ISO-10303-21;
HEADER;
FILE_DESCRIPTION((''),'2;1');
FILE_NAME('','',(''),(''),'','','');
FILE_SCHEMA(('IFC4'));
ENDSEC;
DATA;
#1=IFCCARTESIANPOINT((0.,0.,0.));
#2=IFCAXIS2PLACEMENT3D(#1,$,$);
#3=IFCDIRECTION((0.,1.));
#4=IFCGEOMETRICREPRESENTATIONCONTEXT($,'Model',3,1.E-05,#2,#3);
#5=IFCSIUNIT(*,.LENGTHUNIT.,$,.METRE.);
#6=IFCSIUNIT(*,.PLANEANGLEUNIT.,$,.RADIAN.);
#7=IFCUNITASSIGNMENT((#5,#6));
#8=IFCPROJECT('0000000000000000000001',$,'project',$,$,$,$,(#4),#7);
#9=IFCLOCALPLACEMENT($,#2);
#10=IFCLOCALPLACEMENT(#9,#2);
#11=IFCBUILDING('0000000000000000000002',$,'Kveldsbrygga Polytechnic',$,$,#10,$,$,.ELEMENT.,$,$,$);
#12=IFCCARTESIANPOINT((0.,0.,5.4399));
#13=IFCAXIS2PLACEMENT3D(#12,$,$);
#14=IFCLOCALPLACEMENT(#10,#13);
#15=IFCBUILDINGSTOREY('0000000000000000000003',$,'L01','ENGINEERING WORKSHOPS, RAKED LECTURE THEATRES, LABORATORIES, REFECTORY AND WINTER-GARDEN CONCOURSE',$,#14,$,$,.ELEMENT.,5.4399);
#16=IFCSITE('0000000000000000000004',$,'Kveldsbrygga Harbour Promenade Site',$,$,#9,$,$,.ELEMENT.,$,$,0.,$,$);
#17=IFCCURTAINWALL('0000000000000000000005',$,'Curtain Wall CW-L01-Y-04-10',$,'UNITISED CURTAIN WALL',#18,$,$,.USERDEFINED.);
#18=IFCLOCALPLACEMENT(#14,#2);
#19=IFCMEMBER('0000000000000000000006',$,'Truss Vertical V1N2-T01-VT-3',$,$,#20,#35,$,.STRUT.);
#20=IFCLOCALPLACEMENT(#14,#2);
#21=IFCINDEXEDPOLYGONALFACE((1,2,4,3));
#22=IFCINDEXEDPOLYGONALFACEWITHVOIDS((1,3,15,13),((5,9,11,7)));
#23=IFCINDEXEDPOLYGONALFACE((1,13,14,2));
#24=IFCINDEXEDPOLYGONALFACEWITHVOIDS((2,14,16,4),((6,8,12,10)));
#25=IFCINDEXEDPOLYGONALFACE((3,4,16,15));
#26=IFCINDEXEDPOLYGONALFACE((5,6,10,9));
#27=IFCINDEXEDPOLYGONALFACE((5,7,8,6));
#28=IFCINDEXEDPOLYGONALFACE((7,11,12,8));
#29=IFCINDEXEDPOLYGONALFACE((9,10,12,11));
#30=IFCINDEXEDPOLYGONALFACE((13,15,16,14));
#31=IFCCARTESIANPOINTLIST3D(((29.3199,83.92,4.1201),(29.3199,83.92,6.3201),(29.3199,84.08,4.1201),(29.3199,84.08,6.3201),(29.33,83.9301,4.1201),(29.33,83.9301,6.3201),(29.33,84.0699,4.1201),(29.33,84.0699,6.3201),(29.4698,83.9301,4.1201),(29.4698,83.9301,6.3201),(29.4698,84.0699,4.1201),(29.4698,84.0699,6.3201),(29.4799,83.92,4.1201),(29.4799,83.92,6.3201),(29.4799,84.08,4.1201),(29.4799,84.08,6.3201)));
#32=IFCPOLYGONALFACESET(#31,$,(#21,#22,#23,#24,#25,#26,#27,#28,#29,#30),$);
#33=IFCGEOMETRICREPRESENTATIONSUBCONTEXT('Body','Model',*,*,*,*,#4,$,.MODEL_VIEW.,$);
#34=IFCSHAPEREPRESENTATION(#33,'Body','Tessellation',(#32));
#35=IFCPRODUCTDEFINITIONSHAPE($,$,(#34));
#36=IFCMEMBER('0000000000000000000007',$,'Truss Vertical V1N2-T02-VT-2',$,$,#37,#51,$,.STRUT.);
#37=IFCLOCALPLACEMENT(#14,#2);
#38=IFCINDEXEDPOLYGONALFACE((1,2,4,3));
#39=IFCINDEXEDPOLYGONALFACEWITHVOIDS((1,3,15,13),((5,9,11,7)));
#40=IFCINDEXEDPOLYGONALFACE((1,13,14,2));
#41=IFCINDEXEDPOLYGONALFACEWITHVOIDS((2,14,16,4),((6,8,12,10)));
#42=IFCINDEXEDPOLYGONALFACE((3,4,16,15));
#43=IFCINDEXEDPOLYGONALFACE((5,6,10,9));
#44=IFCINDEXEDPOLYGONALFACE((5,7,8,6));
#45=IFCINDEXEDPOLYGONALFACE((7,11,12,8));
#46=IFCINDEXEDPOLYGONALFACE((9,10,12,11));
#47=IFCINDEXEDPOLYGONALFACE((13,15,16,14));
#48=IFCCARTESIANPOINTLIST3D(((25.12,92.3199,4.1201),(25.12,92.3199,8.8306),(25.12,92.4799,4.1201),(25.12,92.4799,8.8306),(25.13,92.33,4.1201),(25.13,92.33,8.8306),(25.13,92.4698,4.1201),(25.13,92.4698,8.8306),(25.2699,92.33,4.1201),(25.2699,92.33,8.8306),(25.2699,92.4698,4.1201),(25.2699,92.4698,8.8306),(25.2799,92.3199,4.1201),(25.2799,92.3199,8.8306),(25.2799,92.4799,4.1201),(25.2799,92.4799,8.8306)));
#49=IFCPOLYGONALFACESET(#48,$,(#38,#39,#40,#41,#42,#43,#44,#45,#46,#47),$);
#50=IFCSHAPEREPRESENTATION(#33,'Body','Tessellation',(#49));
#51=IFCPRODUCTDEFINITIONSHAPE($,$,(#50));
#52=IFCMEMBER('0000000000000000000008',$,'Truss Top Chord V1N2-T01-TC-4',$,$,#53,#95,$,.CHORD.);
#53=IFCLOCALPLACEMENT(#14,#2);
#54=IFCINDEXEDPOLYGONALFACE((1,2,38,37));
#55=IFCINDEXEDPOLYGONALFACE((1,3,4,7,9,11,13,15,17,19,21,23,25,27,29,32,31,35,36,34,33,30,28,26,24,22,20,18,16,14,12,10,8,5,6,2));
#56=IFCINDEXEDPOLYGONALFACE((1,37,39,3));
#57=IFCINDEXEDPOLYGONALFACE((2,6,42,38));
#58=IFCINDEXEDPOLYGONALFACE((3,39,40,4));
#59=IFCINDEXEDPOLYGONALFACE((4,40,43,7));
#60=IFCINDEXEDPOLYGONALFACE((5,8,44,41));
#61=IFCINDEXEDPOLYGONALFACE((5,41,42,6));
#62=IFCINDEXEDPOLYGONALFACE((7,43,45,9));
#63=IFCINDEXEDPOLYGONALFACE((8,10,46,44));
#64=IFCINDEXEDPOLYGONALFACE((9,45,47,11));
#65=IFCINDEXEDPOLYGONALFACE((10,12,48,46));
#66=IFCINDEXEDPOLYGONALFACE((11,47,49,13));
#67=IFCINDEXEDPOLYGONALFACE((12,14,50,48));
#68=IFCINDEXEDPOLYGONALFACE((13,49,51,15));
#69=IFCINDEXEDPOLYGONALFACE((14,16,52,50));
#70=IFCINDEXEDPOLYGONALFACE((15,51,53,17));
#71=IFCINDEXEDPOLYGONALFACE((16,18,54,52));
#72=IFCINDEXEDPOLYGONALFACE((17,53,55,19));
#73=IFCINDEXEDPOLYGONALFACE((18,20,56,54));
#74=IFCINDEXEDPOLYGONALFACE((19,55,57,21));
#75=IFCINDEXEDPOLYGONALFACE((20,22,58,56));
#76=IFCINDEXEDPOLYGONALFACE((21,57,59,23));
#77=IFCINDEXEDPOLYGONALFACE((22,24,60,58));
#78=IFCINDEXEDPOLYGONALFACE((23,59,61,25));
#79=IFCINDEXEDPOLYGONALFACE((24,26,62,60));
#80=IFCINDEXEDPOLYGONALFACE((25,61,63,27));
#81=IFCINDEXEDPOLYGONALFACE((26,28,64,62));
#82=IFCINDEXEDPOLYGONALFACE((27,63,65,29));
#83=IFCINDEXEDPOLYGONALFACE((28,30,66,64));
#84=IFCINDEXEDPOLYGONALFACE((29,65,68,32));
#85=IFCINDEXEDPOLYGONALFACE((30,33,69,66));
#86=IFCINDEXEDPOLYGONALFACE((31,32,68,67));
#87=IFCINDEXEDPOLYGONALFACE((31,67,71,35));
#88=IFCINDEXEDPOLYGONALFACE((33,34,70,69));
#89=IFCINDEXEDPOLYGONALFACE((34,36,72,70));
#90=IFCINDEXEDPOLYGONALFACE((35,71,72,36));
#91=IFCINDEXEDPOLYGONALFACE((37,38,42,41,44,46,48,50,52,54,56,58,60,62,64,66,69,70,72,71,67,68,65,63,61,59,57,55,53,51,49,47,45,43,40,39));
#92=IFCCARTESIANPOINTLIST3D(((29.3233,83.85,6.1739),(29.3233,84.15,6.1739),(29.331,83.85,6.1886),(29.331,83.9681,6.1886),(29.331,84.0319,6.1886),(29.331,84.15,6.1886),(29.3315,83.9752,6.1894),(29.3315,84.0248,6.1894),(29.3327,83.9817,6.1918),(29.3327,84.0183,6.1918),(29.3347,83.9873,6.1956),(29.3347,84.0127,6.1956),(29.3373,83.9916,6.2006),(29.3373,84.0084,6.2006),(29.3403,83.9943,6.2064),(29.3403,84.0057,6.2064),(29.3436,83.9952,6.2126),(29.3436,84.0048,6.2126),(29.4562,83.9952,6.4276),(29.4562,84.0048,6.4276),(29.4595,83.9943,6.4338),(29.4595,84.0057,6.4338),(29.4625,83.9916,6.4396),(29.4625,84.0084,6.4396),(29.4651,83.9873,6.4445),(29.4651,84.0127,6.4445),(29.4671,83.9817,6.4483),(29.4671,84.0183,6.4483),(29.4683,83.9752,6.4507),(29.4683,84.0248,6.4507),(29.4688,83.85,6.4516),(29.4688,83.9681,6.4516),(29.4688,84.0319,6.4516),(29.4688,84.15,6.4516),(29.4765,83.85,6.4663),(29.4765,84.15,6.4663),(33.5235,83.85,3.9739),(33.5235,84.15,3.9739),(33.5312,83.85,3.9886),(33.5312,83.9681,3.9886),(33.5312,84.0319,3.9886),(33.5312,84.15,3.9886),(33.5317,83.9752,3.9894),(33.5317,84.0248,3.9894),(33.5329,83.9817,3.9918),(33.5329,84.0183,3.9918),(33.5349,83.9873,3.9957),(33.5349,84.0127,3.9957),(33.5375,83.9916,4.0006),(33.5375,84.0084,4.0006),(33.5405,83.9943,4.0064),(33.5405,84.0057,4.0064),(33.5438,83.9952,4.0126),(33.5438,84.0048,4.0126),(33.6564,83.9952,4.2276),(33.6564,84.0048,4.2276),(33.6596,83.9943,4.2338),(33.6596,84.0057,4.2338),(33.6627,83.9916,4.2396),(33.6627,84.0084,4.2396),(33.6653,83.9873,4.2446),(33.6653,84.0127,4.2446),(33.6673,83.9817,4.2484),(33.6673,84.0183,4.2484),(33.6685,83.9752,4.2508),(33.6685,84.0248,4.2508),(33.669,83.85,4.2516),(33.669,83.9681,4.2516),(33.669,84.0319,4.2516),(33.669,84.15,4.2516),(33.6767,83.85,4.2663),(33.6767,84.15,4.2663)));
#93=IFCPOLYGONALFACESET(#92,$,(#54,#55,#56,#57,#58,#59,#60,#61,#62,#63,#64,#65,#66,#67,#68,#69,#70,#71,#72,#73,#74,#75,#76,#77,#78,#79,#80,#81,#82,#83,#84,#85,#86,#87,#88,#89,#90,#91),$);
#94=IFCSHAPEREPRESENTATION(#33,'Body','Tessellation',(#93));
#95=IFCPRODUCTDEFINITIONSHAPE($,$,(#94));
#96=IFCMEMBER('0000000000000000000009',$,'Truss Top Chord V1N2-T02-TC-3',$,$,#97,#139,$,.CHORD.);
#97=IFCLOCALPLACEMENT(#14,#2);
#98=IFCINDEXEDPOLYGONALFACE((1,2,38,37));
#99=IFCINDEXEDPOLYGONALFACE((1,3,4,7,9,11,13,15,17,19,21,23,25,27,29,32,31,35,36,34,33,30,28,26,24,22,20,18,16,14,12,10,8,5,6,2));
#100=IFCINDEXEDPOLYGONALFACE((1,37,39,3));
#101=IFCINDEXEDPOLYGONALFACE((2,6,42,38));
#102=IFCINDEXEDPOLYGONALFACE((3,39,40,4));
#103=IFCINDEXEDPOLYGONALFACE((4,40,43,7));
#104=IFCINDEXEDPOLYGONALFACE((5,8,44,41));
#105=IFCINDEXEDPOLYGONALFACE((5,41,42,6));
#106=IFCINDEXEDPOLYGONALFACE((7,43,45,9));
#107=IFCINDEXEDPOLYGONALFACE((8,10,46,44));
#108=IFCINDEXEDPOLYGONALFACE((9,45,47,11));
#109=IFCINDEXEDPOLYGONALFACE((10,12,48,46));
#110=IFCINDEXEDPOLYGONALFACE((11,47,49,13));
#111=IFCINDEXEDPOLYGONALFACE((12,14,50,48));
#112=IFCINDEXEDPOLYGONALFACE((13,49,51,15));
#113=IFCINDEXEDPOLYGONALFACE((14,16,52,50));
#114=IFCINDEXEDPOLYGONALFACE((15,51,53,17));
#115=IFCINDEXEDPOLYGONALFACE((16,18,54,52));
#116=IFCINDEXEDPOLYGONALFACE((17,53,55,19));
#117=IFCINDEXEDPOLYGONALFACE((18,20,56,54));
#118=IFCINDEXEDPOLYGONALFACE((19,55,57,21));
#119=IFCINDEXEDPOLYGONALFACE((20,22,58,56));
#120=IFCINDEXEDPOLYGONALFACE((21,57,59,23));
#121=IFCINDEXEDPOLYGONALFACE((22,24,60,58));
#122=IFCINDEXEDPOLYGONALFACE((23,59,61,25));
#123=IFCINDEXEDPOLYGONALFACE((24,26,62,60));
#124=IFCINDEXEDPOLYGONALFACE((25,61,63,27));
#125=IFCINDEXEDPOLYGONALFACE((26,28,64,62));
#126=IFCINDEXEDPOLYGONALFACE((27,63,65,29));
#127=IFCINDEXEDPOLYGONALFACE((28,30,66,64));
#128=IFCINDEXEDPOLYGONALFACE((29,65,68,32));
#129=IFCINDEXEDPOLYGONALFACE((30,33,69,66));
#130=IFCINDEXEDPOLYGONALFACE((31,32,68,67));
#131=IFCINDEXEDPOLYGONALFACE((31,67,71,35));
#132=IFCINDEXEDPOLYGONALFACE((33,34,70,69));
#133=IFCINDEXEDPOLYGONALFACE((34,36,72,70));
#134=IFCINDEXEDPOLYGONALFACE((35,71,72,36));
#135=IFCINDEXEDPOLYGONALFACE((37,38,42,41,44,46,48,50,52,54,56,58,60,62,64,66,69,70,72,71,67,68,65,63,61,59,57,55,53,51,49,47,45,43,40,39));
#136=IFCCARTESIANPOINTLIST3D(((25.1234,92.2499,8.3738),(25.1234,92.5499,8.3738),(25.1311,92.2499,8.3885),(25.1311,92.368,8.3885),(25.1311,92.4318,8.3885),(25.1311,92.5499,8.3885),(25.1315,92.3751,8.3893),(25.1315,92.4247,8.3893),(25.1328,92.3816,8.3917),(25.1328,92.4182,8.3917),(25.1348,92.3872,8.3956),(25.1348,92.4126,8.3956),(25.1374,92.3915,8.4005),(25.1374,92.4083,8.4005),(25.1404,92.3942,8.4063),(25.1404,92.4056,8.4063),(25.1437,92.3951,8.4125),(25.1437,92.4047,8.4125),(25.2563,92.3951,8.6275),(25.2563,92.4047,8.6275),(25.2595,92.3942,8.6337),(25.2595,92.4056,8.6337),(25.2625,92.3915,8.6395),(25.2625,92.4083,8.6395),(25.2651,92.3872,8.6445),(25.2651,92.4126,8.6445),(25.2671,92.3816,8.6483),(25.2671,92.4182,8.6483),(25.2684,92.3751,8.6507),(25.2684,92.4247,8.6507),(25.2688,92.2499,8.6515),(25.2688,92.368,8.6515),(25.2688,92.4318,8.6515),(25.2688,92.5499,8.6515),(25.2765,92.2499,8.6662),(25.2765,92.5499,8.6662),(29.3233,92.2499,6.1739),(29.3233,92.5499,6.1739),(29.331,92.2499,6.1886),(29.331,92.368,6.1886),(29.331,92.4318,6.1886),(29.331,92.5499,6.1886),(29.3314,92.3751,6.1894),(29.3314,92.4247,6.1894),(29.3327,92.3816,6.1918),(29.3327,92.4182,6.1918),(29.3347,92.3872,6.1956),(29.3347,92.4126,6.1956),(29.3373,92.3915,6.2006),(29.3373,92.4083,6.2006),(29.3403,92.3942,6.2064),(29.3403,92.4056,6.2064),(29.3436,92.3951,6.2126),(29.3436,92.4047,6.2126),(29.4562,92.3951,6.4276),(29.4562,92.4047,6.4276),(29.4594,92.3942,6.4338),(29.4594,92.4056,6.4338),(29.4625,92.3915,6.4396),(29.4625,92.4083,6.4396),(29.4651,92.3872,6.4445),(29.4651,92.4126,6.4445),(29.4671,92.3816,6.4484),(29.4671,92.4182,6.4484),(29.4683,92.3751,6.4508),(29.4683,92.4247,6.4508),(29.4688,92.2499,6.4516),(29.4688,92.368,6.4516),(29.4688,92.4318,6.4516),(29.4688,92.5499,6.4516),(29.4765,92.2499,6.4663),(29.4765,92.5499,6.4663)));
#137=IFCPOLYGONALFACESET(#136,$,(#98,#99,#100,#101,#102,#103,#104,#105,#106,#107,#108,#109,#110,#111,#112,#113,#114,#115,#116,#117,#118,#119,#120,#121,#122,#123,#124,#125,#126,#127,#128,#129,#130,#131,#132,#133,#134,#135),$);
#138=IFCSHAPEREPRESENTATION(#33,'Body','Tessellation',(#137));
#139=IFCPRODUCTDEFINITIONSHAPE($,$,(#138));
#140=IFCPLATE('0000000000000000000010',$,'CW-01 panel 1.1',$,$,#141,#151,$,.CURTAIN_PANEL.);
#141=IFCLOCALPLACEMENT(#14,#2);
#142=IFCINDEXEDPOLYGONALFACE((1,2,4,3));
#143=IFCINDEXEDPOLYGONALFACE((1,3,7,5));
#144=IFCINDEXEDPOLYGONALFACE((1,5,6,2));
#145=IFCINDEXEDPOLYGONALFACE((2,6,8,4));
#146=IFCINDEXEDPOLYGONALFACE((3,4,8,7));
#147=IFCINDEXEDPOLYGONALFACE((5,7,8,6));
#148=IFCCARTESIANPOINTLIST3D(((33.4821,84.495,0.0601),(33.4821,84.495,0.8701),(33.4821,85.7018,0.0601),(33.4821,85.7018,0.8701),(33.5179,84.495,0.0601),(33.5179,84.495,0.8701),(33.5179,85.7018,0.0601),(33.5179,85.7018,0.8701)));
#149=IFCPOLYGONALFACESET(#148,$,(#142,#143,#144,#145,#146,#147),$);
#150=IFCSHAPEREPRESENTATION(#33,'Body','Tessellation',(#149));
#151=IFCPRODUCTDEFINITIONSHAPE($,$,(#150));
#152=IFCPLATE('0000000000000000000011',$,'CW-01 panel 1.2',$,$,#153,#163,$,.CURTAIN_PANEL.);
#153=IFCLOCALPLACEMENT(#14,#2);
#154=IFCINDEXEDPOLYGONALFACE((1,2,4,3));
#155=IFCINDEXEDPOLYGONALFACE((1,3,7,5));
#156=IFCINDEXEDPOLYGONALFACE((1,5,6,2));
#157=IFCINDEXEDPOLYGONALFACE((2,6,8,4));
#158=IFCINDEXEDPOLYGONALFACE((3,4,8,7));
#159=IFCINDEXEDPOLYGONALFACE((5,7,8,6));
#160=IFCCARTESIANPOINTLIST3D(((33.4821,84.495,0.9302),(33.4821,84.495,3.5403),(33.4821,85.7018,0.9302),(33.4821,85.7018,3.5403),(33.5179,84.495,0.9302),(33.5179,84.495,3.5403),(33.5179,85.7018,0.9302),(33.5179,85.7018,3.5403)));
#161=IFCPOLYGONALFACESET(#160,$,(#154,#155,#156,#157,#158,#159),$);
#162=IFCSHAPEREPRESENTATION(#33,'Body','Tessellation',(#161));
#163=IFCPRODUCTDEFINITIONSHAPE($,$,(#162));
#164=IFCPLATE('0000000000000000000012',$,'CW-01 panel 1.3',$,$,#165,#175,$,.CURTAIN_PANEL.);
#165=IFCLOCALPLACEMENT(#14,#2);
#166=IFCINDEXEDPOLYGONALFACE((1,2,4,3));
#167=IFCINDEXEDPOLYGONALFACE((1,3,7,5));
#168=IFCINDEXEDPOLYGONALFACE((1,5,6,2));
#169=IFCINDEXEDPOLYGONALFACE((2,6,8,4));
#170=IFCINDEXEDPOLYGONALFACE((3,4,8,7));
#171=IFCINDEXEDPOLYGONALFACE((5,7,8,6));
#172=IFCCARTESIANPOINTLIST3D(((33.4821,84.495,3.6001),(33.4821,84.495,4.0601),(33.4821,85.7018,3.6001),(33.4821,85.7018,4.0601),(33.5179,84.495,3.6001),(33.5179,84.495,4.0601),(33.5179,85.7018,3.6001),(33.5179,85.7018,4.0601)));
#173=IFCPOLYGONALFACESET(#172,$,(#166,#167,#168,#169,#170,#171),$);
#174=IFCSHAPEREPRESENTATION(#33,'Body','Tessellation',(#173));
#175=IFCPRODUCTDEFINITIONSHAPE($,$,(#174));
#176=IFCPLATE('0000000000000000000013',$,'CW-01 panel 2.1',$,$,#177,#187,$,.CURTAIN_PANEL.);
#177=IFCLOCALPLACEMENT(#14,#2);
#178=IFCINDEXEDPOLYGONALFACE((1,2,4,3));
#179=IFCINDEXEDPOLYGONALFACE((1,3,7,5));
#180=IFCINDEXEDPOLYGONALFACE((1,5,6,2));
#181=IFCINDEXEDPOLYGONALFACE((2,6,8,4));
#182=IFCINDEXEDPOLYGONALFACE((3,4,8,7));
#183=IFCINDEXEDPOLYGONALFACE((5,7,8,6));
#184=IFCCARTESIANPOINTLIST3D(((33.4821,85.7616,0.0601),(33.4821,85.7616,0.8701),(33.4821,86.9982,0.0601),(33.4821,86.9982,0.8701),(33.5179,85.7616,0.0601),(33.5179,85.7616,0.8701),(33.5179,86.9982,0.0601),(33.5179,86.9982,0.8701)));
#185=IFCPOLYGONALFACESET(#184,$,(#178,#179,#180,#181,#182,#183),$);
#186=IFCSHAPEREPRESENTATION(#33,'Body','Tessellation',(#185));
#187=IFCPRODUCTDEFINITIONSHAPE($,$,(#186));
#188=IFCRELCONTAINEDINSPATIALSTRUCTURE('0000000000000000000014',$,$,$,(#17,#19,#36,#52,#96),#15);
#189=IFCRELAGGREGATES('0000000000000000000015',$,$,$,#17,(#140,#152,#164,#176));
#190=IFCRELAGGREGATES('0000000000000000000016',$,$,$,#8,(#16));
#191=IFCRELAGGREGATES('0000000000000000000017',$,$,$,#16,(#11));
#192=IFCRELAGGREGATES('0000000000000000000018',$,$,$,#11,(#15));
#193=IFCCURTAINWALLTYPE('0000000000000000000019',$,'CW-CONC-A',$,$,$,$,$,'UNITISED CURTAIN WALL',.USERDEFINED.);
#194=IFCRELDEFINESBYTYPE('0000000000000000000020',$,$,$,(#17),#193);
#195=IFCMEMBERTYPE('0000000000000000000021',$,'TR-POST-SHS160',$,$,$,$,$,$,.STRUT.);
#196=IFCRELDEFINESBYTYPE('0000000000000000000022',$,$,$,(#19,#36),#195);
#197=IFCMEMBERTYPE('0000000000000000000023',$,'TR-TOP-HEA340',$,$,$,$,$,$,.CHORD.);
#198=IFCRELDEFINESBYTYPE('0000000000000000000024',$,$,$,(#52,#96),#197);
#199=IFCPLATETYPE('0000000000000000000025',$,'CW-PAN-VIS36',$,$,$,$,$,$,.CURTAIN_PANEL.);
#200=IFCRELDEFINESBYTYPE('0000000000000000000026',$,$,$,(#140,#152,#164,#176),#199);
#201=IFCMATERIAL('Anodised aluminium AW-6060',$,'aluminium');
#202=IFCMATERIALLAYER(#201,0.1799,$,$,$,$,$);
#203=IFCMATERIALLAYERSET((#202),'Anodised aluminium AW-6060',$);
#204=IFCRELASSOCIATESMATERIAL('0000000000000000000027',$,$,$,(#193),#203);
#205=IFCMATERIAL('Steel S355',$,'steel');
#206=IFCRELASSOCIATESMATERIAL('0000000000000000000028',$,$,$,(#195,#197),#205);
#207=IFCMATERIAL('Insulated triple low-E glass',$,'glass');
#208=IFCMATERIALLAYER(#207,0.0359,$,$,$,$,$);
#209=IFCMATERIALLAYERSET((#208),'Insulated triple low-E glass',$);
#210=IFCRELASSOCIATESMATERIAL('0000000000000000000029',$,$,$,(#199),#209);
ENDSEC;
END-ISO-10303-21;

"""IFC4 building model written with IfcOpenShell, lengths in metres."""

from ifc_helpers import new_model, si_unit, direction, frame, origin, origin_2d, place, context, subcontext, project, spatial, rectangle, hollow_rectangle, i_section, extrude, material, layer, layer_set, material_profile, profile_set, type_object, element, aggregate, save


model = new_model("IFC4")

# Units and contexts
model_context = context("Model", 3, precision=1e-05, world=origin(), true_north=direction((0.0, 1.0)))
body_context = subcontext(model_context, "Body", "Model", "MODEL_VIEW")
ifc_project = project(units=[si_unit("LENGTHUNIT", "METRE"), si_unit("PLANEANGLEUNIT", "RADIAN")], contexts=[model_context])

# Site, building, storey
site_placement = place(None, origin())
site = spatial("IfcSite", under=ifc_project, at=site_placement, Name="Kveldsbrygga Harbour Promenade Site", CompositionType="ELEMENT", RefElevation=0.0)
building_placement = place(site_placement, origin())
building = spatial("IfcBuilding", under=site, at=building_placement, Name="Kveldsbrygga Polytechnic", CompositionType="ELEMENT")
storey_placement = place(building_placement, frame((0.0, 0.0, 5.4399)))
storey = spatial("IfcBuildingStorey", under=building, at=storey_placement, Name="L01", Description="ENGINEERING WORKSHOPS, RAKED LECTURE THEATRES, LABORATORIES, REFECTORY AND WINTER-GARDEN CONCOURSE", CompositionType="ELEMENT", Elevation=5.4399)

# Curtain wall
ifc_material_1 = material(Name="Anodised aluminium AW-6060", Category="aluminium")
ifc_layer_1 = layer(ifc_material_1, 0.1799)
ifc_layer_set_1 = layer_set([ifc_layer_1], Name="Anodised aluminium AW-6060")
curtain_wall_type = type_object("IfcCurtainWallType", Name="CW-CONC-A", ElementType="UNITISED CURTAIN WALL", PredefinedType="USERDEFINED", material=ifc_layer_set_1)
curtain_wall_placement = place(storey_placement, origin())
curtain_wall = element("IfcCurtainWall", 1, at=curtain_wall_placement, inside=storey, type_object=curtain_wall_type, Name="Curtain Wall CW-L01-Y-04-10", ObjectType="UNITISED CURTAIN WALL", PredefinedType="USERDEFINED")

# Members
ifc_material_2 = material(Name="Steel S355", Category="steel")
ifc_material_profile_1 = material_profile(ifc_material_2, hollow_rectangle(XDim=0.1599, YDim=0.1599, WallThickness=0.01, at=origin_2d()), Name="SHS 160x160x10.0")
ifc_profile_set_1 = profile_set([ifc_material_profile_1], Name="Steel S355")
member_type_1 = type_object("IfcMemberType", Name="TR-POST-SHS160", PredefinedType="STRUT", material=ifc_profile_set_1)
member_1_placement = place(storey_placement, frame((29.3999, 84.0, 4.1201), z_axis=(0.0, 0.0, 1.0), x_axis=(1.0, 0.0, 0.0)))
element("IfcMember", 2, at=member_1_placement, inside=storey, type_object=member_type_1, Name="Truss Vertical V1N2-T01-VT-3", PredefinedType="STRUT", context=body_context, shape_type="SweptSolid", body=[
    extrude(hollow_rectangle(XDim=0.1599, YDim=0.1599, WallThickness=0.01, at=origin_2d()), origin(), (0.0, 0.0, 1.0), 2.2),
])
member_2_placement = place(storey_placement, frame((25.2, 92.3999, 4.1201), z_axis=(0.0, 0.0, 1.0), x_axis=(1.0, 0.0, 0.0)))
element("IfcMember", 3, at=member_2_placement, inside=storey, type_object=member_type_1, Name="Truss Vertical V1N2-T02-VT-2", PredefinedType="STRUT", context=body_context, shape_type="SweptSolid", body=[
    extrude(hollow_rectangle(XDim=0.1599, YDim=0.1599, WallThickness=0.01, at=origin_2d()), origin(), (0.0, 0.0, 1.0), 4.7104),
])
ifc_material_profile_2 = material_profile(ifc_material_2, i_section(OverallWidth=0.3, OverallDepth=0.3301, WebThickness=0.0095, FlangeThickness=0.0166, FilletRadius=0.0271, at=origin_2d()), Name="HEA 340")
ifc_profile_set_2 = profile_set([ifc_material_profile_2], Name="Steel S355")
member_type_2 = type_object("IfcMemberType", Name="TR-TOP-HEA340", PredefinedType="CHORD", material=ifc_profile_set_2)
member_3_placement = place(storey_placement, frame((29.3999, 84.0, 6.3201), z_axis=(0.885845, 0.0, -0.463982), x_axis=(0.0, 1.0, 0.0)))
element("IfcMember", 4, at=member_3_placement, inside=storey, type_object=member_type_2, Name="Truss Top Chord V1N2-T01-TC-4", PredefinedType="CHORD", context=body_context, shape_type="SweptSolid", body=[
    extrude(i_section(OverallWidth=0.3, OverallDepth=0.3301, WebThickness=0.0095, FlangeThickness=0.0166, FilletRadius=0.0271, at=origin_2d()), origin(), (0.0, 0.0, 1.0), 4.7415),
])
member_4_placement = place(storey_placement, frame((25.2, 92.3999, 8.52), z_axis=(0.885834, 0.0, -0.464003), x_axis=(0.0, 1.0, 0.0)))
element("IfcMember", 5, at=member_4_placement, inside=storey, type_object=member_type_2, Name="Truss Top Chord V1N2-T02-TC-3", PredefinedType="CHORD", context=body_context, shape_type="SweptSolid", body=[
    extrude(i_section(OverallWidth=0.3, OverallDepth=0.3301, WebThickness=0.0095, FlangeThickness=0.0166, FilletRadius=0.0271, at=origin_2d()), origin(), (0.0, 0.0, 1.0), 4.7412),
])

# Plates
ifc_material_3 = material(Name="Insulated triple low-E glass", Category="glass")
ifc_layer_2 = layer(ifc_material_3, 0.0359)
ifc_layer_set_2 = layer_set([ifc_layer_2], Name="Insulated triple low-E glass")
plate_type_1 = type_object("IfcPlateType", Name="CW-PAN-VIS36", PredefinedType="CURTAIN_PANEL", material=ifc_layer_set_2)
plate_1_placement = place(storey_placement, frame((33.5, 85.0984, 0.0601), z_axis=(0.0, 0.0, 1.0), x_axis=(0.0, 1.0, 0.0)))
plate_1 = element("IfcPlate", 6, at=plate_1_placement, type_object=plate_type_1, Name="CW-01 panel 1.1", PredefinedType="CURTAIN_PANEL", context=body_context, shape_type="SweptSolid", body=[
    extrude(rectangle(XDim=1.2068, YDim=0.0359, at=origin_2d()), origin(), (0.0, 0.0, 1.0), 0.8101),
])
plate_2_placement = place(storey_placement, frame((33.5, 85.0984, 0.9302), z_axis=(0.0, 0.0, 1.0), x_axis=(0.0, 1.0, 0.0)))
plate_2 = element("IfcPlate", 7, at=plate_2_placement, type_object=plate_type_1, Name="CW-01 panel 1.2", PredefinedType="CURTAIN_PANEL", context=body_context, shape_type="SweptSolid", body=[
    extrude(rectangle(XDim=1.2068, YDim=0.0359, at=origin_2d()), origin(), (0.0, 0.0, 1.0), 2.6101),
])
plate_3_placement = place(storey_placement, frame((33.5, 85.0984, 3.6001), z_axis=(0.0, 0.0, 1.0), x_axis=(0.0, 1.0, 0.0)))
plate_3 = element("IfcPlate", 8, at=plate_3_placement, type_object=plate_type_1, Name="CW-01 panel 1.3", PredefinedType="CURTAIN_PANEL", context=body_context, shape_type="SweptSolid", body=[
    extrude(rectangle(XDim=1.2068, YDim=0.0359, at=origin_2d()), origin(), (0.0, 0.0, 1.0), 0.46),
])
plate_4_placement = place(storey_placement, frame((33.5, 86.3799, 0.0601), z_axis=(0.0, 0.0, 1.0), x_axis=(0.0, 1.0, 0.0)))
plate_4 = element("IfcPlate", 9, at=plate_4_placement, type_object=plate_type_1, Name="CW-01 panel 2.1", PredefinedType="CURTAIN_PANEL", context=body_context, shape_type="SweptSolid", body=[
    extrude(rectangle(XDim=1.2366, YDim=0.0359, at=origin_2d()), origin(), (0.0, 0.0, 1.0), 0.8101),
])
aggregate(curtain_wall, [plate_1, plate_2, plate_3, plate_4])

save(model, "model.ifc")
